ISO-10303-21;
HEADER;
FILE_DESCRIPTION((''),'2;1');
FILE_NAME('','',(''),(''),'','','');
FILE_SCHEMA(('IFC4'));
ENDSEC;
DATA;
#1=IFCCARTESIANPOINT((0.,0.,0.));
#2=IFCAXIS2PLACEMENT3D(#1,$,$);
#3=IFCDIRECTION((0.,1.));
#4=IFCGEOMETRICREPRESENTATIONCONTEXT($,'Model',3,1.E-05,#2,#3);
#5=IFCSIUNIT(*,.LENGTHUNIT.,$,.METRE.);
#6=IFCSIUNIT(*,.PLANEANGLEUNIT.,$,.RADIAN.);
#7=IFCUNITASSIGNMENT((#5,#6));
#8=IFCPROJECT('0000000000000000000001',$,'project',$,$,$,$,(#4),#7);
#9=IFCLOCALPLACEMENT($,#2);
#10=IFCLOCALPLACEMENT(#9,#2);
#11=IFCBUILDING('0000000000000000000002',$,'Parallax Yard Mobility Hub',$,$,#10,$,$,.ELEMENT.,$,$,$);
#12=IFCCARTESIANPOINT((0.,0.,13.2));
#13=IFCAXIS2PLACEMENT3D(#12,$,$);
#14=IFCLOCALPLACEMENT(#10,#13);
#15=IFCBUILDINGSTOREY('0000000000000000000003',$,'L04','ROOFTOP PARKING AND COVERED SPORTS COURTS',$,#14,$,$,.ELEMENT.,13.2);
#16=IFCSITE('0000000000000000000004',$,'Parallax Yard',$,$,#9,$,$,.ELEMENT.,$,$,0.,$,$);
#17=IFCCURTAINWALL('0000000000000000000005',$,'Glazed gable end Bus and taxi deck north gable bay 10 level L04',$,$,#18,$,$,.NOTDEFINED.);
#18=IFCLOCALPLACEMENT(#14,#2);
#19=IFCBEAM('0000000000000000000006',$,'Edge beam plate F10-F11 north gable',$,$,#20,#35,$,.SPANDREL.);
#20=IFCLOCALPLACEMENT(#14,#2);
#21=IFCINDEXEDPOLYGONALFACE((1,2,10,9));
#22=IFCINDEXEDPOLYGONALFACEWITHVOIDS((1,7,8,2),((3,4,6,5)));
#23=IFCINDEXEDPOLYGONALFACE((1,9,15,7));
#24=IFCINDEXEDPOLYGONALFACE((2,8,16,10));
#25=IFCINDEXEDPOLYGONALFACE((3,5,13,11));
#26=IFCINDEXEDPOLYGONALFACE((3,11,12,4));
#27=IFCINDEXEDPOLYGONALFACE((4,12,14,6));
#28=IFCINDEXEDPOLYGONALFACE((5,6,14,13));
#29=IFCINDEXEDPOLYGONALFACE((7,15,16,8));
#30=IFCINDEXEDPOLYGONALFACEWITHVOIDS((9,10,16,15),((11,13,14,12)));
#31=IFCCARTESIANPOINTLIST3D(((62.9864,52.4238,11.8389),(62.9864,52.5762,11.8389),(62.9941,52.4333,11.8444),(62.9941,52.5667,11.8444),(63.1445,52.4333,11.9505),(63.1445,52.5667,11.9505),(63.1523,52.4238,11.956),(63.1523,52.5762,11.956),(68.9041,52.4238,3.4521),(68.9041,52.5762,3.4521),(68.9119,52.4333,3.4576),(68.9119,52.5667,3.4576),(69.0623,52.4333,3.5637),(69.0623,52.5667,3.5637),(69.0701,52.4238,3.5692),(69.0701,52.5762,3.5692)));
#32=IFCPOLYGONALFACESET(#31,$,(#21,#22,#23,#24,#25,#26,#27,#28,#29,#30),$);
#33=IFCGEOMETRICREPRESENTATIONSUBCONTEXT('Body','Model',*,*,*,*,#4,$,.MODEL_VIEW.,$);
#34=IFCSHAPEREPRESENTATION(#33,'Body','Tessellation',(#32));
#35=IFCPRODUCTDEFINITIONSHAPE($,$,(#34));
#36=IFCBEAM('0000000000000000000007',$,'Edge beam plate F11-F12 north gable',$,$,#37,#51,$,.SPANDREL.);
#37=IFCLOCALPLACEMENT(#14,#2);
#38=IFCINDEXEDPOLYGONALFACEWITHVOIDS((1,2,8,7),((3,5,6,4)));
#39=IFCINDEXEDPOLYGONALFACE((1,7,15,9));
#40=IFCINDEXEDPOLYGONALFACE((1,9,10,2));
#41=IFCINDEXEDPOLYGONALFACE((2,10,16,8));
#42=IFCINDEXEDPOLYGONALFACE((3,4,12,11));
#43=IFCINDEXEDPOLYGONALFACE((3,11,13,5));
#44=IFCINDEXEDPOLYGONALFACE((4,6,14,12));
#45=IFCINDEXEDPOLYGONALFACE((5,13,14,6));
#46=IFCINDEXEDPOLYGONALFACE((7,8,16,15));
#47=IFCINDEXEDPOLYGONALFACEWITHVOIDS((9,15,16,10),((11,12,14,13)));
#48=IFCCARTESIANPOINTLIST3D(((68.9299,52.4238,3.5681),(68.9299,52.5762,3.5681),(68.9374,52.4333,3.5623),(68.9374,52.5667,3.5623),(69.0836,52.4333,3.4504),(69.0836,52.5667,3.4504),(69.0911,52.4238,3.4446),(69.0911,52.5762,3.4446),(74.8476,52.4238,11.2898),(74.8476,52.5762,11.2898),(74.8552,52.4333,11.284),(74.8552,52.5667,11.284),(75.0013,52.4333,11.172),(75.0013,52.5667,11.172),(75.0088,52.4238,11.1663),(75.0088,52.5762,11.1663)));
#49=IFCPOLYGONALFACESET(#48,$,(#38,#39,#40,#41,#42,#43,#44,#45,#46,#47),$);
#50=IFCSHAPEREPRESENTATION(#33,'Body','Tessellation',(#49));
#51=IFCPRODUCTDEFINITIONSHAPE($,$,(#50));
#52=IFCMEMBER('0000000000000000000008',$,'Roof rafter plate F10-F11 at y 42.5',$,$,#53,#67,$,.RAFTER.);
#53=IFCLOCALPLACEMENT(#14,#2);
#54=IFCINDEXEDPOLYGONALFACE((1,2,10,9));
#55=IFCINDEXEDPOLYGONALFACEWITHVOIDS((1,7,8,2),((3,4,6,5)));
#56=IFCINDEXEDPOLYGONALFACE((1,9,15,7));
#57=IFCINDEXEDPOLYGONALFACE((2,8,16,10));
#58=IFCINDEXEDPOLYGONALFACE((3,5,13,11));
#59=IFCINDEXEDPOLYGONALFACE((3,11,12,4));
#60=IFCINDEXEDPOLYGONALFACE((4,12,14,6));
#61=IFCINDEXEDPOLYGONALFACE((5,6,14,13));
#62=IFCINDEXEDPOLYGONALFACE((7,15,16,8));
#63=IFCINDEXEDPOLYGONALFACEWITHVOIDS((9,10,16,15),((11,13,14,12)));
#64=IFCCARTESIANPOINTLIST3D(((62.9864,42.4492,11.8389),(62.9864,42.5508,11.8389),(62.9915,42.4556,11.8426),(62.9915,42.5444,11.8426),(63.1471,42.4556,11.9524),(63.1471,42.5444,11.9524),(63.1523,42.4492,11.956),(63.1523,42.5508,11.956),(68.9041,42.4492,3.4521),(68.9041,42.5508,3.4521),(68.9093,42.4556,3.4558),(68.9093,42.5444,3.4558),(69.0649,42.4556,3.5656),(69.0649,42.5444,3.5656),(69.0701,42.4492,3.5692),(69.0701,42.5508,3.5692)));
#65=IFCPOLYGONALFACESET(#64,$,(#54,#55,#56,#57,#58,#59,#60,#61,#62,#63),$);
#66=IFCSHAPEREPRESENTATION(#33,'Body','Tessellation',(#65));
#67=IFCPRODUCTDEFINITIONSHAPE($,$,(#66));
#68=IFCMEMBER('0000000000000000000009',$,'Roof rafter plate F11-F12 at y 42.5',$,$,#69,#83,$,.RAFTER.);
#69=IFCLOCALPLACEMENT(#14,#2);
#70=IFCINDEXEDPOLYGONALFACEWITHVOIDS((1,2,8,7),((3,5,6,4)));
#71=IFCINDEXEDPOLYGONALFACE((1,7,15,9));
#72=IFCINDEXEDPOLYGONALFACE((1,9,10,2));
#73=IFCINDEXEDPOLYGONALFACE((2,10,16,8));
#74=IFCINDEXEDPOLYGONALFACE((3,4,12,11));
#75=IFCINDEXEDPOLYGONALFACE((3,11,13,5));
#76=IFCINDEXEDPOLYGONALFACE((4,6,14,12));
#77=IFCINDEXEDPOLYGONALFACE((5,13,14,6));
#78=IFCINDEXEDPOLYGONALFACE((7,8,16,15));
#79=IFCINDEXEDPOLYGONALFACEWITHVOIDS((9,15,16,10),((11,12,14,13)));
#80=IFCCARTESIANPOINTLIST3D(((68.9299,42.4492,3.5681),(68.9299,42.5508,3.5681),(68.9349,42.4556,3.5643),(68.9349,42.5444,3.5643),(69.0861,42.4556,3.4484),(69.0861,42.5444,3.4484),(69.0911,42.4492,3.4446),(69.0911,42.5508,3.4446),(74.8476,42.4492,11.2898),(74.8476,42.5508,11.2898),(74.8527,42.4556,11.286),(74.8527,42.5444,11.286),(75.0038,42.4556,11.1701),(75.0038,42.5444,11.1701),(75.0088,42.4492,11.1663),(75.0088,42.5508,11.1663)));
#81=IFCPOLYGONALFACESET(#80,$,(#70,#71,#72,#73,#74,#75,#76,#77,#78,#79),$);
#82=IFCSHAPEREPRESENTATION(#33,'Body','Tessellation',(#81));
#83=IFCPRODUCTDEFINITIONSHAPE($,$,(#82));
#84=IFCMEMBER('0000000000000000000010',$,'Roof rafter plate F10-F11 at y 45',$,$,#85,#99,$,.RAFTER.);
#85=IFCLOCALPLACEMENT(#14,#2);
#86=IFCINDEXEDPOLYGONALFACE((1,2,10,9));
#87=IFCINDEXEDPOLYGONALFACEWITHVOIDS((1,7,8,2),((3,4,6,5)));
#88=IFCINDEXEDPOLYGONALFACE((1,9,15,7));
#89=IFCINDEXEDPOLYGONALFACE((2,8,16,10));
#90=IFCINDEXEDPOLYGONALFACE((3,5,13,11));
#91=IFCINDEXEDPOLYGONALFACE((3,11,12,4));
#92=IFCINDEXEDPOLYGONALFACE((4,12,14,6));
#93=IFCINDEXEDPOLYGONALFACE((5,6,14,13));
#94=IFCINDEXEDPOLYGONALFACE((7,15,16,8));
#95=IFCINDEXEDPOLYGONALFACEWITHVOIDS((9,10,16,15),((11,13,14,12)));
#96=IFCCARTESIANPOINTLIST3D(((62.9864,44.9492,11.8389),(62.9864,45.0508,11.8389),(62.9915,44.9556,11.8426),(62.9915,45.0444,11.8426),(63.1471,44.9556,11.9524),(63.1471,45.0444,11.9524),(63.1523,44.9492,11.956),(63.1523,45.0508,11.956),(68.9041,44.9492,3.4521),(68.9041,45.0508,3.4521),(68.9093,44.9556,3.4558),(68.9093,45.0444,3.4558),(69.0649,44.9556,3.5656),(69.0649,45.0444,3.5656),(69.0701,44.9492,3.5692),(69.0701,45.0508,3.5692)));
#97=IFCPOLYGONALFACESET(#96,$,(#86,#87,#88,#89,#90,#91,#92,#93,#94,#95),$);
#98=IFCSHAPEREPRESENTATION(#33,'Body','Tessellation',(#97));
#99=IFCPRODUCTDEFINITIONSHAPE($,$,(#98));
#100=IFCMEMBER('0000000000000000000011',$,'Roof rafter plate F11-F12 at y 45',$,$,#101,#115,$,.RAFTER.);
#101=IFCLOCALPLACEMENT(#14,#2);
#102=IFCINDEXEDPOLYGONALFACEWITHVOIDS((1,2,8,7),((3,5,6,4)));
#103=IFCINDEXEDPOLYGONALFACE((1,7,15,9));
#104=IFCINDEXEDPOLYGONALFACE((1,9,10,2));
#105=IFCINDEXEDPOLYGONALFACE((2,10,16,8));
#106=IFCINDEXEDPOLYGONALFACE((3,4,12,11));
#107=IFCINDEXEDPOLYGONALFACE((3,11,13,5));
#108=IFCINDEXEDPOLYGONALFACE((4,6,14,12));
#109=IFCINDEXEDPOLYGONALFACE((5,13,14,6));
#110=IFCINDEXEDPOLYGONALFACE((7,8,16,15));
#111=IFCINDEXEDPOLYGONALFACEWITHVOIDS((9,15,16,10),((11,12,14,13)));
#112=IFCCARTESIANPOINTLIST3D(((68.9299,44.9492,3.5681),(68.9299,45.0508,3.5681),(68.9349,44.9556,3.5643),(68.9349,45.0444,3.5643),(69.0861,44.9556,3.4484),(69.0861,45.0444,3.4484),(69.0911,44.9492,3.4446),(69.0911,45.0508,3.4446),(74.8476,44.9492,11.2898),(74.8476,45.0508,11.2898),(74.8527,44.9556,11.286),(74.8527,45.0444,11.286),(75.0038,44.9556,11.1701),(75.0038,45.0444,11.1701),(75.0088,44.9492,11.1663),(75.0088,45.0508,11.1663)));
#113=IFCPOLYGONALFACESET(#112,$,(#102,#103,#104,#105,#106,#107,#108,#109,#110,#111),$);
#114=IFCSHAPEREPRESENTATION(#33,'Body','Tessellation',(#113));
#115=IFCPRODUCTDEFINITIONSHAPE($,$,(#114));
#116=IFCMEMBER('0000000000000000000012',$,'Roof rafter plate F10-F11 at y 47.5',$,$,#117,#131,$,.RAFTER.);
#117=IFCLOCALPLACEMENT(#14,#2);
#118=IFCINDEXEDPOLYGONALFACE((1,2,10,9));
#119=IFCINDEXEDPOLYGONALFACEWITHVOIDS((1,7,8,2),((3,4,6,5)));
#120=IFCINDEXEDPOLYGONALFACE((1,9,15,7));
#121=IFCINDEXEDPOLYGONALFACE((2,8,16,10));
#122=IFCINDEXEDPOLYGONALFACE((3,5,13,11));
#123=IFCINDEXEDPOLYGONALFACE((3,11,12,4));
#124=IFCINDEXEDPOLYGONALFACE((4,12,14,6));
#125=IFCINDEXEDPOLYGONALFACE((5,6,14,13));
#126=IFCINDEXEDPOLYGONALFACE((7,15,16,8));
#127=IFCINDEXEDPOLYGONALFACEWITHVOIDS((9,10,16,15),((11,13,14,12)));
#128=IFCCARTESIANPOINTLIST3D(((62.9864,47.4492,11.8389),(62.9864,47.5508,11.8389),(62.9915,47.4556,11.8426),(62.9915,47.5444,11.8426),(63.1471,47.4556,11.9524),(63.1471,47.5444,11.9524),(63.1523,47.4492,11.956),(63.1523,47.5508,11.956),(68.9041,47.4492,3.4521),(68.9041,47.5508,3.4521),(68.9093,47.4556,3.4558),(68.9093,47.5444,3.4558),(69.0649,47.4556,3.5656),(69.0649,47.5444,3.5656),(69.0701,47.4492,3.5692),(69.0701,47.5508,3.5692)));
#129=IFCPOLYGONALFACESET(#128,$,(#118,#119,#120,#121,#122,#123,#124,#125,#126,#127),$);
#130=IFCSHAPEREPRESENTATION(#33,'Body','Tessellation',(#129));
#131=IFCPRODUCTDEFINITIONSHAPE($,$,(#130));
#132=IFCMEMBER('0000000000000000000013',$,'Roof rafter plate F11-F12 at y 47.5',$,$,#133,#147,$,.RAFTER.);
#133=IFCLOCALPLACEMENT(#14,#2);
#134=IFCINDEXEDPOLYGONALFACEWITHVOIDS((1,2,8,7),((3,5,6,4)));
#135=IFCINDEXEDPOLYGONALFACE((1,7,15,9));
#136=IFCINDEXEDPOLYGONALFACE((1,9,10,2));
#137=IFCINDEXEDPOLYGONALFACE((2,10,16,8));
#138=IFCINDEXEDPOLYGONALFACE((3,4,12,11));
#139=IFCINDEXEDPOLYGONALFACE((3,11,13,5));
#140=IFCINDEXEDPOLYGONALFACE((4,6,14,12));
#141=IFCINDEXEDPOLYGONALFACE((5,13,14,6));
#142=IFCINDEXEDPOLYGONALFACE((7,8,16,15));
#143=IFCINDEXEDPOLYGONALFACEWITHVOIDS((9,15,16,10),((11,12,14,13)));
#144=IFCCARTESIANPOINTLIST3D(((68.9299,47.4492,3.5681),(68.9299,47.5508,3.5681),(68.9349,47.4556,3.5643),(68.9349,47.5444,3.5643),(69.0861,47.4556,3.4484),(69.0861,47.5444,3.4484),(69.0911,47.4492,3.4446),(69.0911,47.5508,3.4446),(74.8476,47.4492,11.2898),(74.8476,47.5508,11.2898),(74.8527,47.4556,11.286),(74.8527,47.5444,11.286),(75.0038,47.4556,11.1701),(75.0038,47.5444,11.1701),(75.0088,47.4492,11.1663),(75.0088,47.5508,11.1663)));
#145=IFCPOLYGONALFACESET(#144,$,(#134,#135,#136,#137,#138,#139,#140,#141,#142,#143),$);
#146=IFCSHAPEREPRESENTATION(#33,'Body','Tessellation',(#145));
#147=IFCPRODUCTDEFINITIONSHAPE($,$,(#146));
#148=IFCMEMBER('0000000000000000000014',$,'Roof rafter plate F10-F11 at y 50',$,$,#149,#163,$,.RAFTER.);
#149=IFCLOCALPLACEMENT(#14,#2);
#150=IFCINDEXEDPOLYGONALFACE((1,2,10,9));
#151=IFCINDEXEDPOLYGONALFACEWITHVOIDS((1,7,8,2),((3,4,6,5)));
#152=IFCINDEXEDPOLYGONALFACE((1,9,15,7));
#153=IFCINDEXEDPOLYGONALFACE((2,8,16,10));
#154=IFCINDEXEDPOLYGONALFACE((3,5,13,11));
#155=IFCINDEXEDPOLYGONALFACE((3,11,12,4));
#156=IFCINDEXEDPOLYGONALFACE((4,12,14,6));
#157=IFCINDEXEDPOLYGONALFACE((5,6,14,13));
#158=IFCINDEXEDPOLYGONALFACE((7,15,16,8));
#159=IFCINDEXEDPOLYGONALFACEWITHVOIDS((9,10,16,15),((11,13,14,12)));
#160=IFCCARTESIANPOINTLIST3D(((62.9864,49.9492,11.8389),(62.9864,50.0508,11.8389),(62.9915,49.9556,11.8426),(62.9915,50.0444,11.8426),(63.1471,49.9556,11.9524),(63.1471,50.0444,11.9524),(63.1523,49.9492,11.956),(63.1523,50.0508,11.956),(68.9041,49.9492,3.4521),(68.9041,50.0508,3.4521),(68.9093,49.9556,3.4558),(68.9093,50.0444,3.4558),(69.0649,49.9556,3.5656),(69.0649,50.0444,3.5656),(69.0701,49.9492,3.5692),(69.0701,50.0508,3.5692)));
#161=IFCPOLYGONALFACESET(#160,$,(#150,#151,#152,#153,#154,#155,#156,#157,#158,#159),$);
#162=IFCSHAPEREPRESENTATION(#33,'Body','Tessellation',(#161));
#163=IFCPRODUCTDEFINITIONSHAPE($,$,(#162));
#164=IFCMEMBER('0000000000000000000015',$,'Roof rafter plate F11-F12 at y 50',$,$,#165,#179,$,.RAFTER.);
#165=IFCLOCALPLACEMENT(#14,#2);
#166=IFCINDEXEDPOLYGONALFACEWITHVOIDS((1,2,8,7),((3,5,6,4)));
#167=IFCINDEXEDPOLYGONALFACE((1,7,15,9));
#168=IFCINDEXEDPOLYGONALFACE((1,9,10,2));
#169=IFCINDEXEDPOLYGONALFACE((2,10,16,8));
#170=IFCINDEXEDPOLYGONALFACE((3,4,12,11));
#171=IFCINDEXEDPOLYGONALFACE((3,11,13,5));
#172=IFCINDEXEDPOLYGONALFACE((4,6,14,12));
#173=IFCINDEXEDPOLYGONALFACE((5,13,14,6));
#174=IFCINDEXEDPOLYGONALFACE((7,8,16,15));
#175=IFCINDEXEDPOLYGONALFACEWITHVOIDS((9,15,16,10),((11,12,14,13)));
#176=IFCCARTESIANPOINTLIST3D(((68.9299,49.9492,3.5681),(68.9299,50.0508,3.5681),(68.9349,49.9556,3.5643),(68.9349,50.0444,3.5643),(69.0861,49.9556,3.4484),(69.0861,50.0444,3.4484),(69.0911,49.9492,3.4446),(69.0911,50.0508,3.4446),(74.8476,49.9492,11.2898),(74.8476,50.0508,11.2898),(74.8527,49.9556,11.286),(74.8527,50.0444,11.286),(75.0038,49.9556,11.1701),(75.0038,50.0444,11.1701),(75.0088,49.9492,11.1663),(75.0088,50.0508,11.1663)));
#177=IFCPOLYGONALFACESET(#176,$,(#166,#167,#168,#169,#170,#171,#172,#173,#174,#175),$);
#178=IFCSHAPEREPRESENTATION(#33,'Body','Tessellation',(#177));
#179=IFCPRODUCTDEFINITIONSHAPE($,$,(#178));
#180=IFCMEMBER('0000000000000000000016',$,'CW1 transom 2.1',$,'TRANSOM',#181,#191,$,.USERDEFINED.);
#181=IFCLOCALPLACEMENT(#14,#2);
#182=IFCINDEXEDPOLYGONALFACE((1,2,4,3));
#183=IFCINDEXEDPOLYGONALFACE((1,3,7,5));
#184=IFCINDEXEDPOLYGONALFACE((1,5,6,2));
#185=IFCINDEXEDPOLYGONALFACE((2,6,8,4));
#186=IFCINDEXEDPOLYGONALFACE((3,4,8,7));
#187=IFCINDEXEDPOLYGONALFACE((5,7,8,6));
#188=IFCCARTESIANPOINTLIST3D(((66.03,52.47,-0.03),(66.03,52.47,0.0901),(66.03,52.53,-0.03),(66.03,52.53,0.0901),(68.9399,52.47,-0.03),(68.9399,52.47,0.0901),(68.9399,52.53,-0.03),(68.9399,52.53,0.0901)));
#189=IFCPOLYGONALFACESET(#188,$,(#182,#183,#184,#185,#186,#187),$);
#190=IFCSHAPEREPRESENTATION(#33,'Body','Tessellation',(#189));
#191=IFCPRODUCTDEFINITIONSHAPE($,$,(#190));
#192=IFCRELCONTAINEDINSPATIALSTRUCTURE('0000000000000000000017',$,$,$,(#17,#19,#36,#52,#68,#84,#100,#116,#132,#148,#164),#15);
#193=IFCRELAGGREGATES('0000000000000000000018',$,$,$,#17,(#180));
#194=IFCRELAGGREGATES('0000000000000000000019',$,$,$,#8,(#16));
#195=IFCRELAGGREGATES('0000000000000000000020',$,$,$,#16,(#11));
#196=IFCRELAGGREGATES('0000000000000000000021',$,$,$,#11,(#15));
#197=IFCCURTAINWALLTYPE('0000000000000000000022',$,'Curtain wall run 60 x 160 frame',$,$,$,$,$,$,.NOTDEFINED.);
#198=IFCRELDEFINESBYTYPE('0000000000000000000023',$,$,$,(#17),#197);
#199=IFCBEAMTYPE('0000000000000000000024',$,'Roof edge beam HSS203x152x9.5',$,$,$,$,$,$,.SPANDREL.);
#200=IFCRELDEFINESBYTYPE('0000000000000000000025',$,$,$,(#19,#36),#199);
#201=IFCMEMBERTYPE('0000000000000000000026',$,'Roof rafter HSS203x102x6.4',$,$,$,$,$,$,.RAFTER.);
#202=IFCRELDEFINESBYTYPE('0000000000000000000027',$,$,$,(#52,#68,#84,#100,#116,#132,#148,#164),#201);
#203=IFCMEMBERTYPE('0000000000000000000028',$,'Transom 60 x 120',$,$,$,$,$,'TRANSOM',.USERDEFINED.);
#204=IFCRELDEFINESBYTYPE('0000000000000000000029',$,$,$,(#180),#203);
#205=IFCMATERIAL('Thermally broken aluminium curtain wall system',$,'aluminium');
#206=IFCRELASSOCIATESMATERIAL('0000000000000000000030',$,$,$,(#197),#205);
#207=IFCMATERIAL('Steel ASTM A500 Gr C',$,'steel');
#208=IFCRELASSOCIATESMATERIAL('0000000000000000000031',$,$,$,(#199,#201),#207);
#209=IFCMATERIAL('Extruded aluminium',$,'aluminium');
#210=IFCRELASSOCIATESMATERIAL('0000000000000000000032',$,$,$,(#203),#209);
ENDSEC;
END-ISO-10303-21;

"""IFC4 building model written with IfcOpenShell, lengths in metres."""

from ifc_helpers import new_model, si_unit, direction, frame, origin, origin_2d, place, context, subcontext, project, spatial, rectangle, hollow_rectangle, extrude, material, material_profile, profile_set, type_object, element, aggregate, save


model = new_model("IFC4")

# Units and contexts
model_context = context("Model", 3, precision=1e-05, world=origin(), true_north=direction((0.0, 1.0)))
body_context = subcontext(model_context, "Body", "Model", "MODEL_VIEW")
ifc_project = project(units=[si_unit("LENGTHUNIT", "METRE"), si_unit("PLANEANGLEUNIT", "RADIAN")], contexts=[model_context])

# Site, building, storey
site_placement = place(None, origin())
site = spatial("IfcSite", under=ifc_project, at=site_placement, Name="Parallax Yard", CompositionType="ELEMENT", RefElevation=0.0)
building_placement = place(site_placement, origin())
building = spatial("IfcBuilding", under=site, at=building_placement, Name="Parallax Yard Mobility Hub", CompositionType="ELEMENT")
storey_placement = place(building_placement, frame((0.0, 0.0, 13.2)))
storey = spatial("IfcBuildingStorey", under=building, at=storey_placement, Name="L04", Description="ROOFTOP PARKING AND COVERED SPORTS COURTS", CompositionType="ELEMENT", Elevation=13.2)

# Curtain wall
ifc_material_1 = material(Name="Thermally broken aluminium curtain wall system", Category="aluminium")
curtain_wall_type = type_object("IfcCurtainWallType", Name="Curtain wall run 60 x 160 frame", PredefinedType="NOTDEFINED", material=ifc_material_1)
curtain_wall_1_placement = place(storey_placement, origin())
curtain_wall_1 = element("IfcCurtainWall", 1, at=curtain_wall_1_placement, inside=storey, type_object=curtain_wall_type, Name="Glazed gable end Bus and taxi deck north gable bay 10 level L04", PredefinedType="NOTDEFINED")
ifc_material_2 = material(Name="Extruded aluminium", Category="aluminium")

# Shared definitions
ifc_material_3 = material(Name="Steel ASTM A500 Gr C", Category="steel")

# Beams
ifc_material_profile_1 = material_profile(ifc_material_3, hollow_rectangle(XDim=0.1523, YDim=0.2031, WallThickness=0.0095, at=origin_2d()), Name="HSS203x152x9.5")
ifc_profile_set_1 = profile_set([ifc_material_profile_1], Name="Steel ASTM A500 Gr C")
beam_type = type_object("IfcBeamType", Name="Roof edge beam HSS203x152x9.5", PredefinedType="SPANDREL", material=ifc_profile_set_1)
beam_1_placement = place(storey_placement, frame((63.0693, 52.5, 11.8975), z_axis=(0.576533, 0.0, -0.817074), x_axis=(0.0, 1.0, 0.0)))
element("IfcBeam", 2, at=beam_1_placement, inside=storey, type_object=beam_type, Name="Edge beam plate F10-F11 north gable", PredefinedType="SPANDREL", context=body_context, shape_type="SweptSolid", body=[
    extrude(hollow_rectangle(XDim=0.1523, YDim=0.2031, WallThickness=0.0095, at=origin_2d()), origin(), (0.0, 0.0, 1.0), 10.2644),
])
beam_2_placement = place(storey_placement, frame((69.0105, 52.5, 3.5063), z_axis=(0.608287, 0.0, 0.793717), x_axis=(0.0, 1.0, 0.0)))
element("IfcBeam", 3, at=beam_2_placement, inside=storey, type_object=beam_type, Name="Edge beam plate F11-F12 north gable", PredefinedType="SPANDREL", context=body_context, shape_type="SweptSolid", body=[
    extrude(hollow_rectangle(XDim=0.1523, YDim=0.2031, WallThickness=0.0095, at=origin_2d()), origin(), (0.0, 0.0, 1.0), 9.7285),
])

# Members
ifc_material_profile_2 = material_profile(ifc_material_3, hollow_rectangle(XDim=0.1016, YDim=0.2031, WallThickness=0.0063, at=origin_2d()), Name="HSS203x102x6.4")
ifc_profile_set_2 = profile_set([ifc_material_profile_2], Name="Steel ASTM A500 Gr C")
member_type_1 = type_object("IfcMemberType", Name="Roof rafter HSS203x102x6.4", PredefinedType="RAFTER", material=ifc_profile_set_2)
member_1_placement = place(storey_placement, frame((63.0693, 42.5, 11.8975), z_axis=(0.576533, 0.0, -0.817074), x_axis=(0.0, 1.0, 0.0)))
element("IfcMember", 4, at=member_1_placement, inside=storey, type_object=member_type_1, Name="Roof rafter plate F10-F11 at y 42.5", PredefinedType="RAFTER", context=body_context, shape_type="SweptSolid", body=[
    extrude(hollow_rectangle(XDim=0.1016, YDim=0.2031, WallThickness=0.0063, at=origin_2d()), origin(), (0.0, 0.0, 1.0), 10.2644),
])
member_2_placement = place(storey_placement, frame((69.0105, 42.5, 3.5063), z_axis=(0.608287, 0.0, 0.793717), x_axis=(0.0, 1.0, 0.0)))
element("IfcMember", 5, at=member_2_placement, inside=storey, type_object=member_type_1, Name="Roof rafter plate F11-F12 at y 42.5", PredefinedType="RAFTER", context=body_context, shape_type="SweptSolid", body=[
    extrude(hollow_rectangle(XDim=0.1016, YDim=0.2031, WallThickness=0.0063, at=origin_2d()), origin(), (0.0, 0.0, 1.0), 9.7285),
])
member_3_placement = place(storey_placement, frame((63.0693, 45.0, 11.8975), z_axis=(0.576533, 0.0, -0.817074), x_axis=(0.0, 1.0, 0.0)))
element("IfcMember", 6, at=member_3_placement, inside=storey, type_object=member_type_1, Name="Roof rafter plate F10-F11 at y 45", PredefinedType="RAFTER", context=body_context, shape_type="SweptSolid", body=[
    extrude(hollow_rectangle(XDim=0.1016, YDim=0.2031, WallThickness=0.0063, at=origin_2d()), origin(), (0.0, 0.0, 1.0), 10.2644),
])
member_4_placement = place(storey_placement, frame((69.0105, 45.0, 3.5063), z_axis=(0.608287, 0.0, 0.793717), x_axis=(0.0, 1.0, 0.0)))
element("IfcMember", 7, at=member_4_placement, inside=storey, type_object=member_type_1, Name="Roof rafter plate F11-F12 at y 45", PredefinedType="RAFTER", context=body_context, shape_type="SweptSolid", body=[
    extrude(hollow_rectangle(XDim=0.1016, YDim=0.2031, WallThickness=0.0063, at=origin_2d()), origin(), (0.0, 0.0, 1.0), 9.7285),
])
member_5_placement = place(storey_placement, frame((63.0693, 47.5, 11.8975), z_axis=(0.576533, 0.0, -0.817074), x_axis=(0.0, 1.0, 0.0)))
element("IfcMember", 8, at=member_5_placement, inside=storey, type_object=member_type_1, Name="Roof rafter plate F10-F11 at y 47.5", PredefinedType="RAFTER", context=body_context, shape_type="SweptSolid", body=[
    extrude(hollow_rectangle(XDim=0.1016, YDim=0.2031, WallThickness=0.0063, at=origin_2d()), origin(), (0.0, 0.0, 1.0), 10.2644),
])
member_6_placement = place(storey_placement, frame((69.0105, 47.5, 3.5063), z_axis=(0.608287, 0.0, 0.793717), x_axis=(0.0, 1.0, 0.0)))
element("IfcMember", 9, at=member_6_placement, inside=storey, type_object=member_type_1, Name="Roof rafter plate F11-F12 at y 47.5", PredefinedType="RAFTER", context=body_context, shape_type="SweptSolid", body=[
    extrude(hollow_rectangle(XDim=0.1016, YDim=0.2031, WallThickness=0.0063, at=origin_2d()), origin(), (0.0, 0.0, 1.0), 9.7285),
])
member_7_placement = place(storey_placement, frame((63.0693, 50.0, 11.8975), z_axis=(0.576533, 0.0, -0.817074), x_axis=(0.0, 1.0, 0.0)))
element("IfcMember", 10, at=member_7_placement, inside=storey, type_object=member_type_1, Name="Roof rafter plate F10-F11 at y 50", PredefinedType="RAFTER", context=body_context, shape_type="SweptSolid", body=[
    extrude(hollow_rectangle(XDim=0.1016, YDim=0.2031, WallThickness=0.0063, at=origin_2d()), origin(), (0.0, 0.0, 1.0), 10.2644),
])
member_8_placement = place(storey_placement, frame((69.0105, 50.0, 3.5063), z_axis=(0.608287, 0.0, 0.793717), x_axis=(0.0, 1.0, 0.0)))
element("IfcMember", 11, at=member_8_placement, inside=storey, type_object=member_type_1, Name="Roof rafter plate F11-F12 at y 50", PredefinedType="RAFTER", context=body_context, shape_type="SweptSolid", body=[
    extrude(hollow_rectangle(XDim=0.1016, YDim=0.2031, WallThickness=0.0063, at=origin_2d()), origin(), (0.0, 0.0, 1.0), 9.7285),
])

# Member
ifc_material_profile_3 = material_profile(ifc_material_2, rectangle(XDim=0.0601, YDim=0.1201, at=origin_2d()), Name="Transom 60 x 120")
ifc_profile_set_3 = profile_set([ifc_material_profile_3], Name="Extruded aluminium")
member_type_2 = type_object("IfcMemberType", Name="Transom 60 x 120", ElementType="TRANSOM", PredefinedType="USERDEFINED", material=ifc_profile_set_3)
member_9_placement = place(storey_placement, frame((66.03, 52.5, 0.03), z_axis=(1.0, 0.0, 0.0), x_axis=(0.0, 1.0, 0.0)))
member_9 = element("IfcMember", 12, at=member_9_placement, type_object=member_type_2, Name="CW1 transom 2.1", ObjectType="TRANSOM", PredefinedType="USERDEFINED", context=body_context, shape_type="SweptSolid", body=[
    extrude(rectangle(XDim=0.0601, YDim=0.1201, at=origin_2d()), origin(), (0.0, 0.0, 1.0), 2.9099),
])

aggregate(curtain_wall_1, [member_9])

save(model, "model.ifc")
